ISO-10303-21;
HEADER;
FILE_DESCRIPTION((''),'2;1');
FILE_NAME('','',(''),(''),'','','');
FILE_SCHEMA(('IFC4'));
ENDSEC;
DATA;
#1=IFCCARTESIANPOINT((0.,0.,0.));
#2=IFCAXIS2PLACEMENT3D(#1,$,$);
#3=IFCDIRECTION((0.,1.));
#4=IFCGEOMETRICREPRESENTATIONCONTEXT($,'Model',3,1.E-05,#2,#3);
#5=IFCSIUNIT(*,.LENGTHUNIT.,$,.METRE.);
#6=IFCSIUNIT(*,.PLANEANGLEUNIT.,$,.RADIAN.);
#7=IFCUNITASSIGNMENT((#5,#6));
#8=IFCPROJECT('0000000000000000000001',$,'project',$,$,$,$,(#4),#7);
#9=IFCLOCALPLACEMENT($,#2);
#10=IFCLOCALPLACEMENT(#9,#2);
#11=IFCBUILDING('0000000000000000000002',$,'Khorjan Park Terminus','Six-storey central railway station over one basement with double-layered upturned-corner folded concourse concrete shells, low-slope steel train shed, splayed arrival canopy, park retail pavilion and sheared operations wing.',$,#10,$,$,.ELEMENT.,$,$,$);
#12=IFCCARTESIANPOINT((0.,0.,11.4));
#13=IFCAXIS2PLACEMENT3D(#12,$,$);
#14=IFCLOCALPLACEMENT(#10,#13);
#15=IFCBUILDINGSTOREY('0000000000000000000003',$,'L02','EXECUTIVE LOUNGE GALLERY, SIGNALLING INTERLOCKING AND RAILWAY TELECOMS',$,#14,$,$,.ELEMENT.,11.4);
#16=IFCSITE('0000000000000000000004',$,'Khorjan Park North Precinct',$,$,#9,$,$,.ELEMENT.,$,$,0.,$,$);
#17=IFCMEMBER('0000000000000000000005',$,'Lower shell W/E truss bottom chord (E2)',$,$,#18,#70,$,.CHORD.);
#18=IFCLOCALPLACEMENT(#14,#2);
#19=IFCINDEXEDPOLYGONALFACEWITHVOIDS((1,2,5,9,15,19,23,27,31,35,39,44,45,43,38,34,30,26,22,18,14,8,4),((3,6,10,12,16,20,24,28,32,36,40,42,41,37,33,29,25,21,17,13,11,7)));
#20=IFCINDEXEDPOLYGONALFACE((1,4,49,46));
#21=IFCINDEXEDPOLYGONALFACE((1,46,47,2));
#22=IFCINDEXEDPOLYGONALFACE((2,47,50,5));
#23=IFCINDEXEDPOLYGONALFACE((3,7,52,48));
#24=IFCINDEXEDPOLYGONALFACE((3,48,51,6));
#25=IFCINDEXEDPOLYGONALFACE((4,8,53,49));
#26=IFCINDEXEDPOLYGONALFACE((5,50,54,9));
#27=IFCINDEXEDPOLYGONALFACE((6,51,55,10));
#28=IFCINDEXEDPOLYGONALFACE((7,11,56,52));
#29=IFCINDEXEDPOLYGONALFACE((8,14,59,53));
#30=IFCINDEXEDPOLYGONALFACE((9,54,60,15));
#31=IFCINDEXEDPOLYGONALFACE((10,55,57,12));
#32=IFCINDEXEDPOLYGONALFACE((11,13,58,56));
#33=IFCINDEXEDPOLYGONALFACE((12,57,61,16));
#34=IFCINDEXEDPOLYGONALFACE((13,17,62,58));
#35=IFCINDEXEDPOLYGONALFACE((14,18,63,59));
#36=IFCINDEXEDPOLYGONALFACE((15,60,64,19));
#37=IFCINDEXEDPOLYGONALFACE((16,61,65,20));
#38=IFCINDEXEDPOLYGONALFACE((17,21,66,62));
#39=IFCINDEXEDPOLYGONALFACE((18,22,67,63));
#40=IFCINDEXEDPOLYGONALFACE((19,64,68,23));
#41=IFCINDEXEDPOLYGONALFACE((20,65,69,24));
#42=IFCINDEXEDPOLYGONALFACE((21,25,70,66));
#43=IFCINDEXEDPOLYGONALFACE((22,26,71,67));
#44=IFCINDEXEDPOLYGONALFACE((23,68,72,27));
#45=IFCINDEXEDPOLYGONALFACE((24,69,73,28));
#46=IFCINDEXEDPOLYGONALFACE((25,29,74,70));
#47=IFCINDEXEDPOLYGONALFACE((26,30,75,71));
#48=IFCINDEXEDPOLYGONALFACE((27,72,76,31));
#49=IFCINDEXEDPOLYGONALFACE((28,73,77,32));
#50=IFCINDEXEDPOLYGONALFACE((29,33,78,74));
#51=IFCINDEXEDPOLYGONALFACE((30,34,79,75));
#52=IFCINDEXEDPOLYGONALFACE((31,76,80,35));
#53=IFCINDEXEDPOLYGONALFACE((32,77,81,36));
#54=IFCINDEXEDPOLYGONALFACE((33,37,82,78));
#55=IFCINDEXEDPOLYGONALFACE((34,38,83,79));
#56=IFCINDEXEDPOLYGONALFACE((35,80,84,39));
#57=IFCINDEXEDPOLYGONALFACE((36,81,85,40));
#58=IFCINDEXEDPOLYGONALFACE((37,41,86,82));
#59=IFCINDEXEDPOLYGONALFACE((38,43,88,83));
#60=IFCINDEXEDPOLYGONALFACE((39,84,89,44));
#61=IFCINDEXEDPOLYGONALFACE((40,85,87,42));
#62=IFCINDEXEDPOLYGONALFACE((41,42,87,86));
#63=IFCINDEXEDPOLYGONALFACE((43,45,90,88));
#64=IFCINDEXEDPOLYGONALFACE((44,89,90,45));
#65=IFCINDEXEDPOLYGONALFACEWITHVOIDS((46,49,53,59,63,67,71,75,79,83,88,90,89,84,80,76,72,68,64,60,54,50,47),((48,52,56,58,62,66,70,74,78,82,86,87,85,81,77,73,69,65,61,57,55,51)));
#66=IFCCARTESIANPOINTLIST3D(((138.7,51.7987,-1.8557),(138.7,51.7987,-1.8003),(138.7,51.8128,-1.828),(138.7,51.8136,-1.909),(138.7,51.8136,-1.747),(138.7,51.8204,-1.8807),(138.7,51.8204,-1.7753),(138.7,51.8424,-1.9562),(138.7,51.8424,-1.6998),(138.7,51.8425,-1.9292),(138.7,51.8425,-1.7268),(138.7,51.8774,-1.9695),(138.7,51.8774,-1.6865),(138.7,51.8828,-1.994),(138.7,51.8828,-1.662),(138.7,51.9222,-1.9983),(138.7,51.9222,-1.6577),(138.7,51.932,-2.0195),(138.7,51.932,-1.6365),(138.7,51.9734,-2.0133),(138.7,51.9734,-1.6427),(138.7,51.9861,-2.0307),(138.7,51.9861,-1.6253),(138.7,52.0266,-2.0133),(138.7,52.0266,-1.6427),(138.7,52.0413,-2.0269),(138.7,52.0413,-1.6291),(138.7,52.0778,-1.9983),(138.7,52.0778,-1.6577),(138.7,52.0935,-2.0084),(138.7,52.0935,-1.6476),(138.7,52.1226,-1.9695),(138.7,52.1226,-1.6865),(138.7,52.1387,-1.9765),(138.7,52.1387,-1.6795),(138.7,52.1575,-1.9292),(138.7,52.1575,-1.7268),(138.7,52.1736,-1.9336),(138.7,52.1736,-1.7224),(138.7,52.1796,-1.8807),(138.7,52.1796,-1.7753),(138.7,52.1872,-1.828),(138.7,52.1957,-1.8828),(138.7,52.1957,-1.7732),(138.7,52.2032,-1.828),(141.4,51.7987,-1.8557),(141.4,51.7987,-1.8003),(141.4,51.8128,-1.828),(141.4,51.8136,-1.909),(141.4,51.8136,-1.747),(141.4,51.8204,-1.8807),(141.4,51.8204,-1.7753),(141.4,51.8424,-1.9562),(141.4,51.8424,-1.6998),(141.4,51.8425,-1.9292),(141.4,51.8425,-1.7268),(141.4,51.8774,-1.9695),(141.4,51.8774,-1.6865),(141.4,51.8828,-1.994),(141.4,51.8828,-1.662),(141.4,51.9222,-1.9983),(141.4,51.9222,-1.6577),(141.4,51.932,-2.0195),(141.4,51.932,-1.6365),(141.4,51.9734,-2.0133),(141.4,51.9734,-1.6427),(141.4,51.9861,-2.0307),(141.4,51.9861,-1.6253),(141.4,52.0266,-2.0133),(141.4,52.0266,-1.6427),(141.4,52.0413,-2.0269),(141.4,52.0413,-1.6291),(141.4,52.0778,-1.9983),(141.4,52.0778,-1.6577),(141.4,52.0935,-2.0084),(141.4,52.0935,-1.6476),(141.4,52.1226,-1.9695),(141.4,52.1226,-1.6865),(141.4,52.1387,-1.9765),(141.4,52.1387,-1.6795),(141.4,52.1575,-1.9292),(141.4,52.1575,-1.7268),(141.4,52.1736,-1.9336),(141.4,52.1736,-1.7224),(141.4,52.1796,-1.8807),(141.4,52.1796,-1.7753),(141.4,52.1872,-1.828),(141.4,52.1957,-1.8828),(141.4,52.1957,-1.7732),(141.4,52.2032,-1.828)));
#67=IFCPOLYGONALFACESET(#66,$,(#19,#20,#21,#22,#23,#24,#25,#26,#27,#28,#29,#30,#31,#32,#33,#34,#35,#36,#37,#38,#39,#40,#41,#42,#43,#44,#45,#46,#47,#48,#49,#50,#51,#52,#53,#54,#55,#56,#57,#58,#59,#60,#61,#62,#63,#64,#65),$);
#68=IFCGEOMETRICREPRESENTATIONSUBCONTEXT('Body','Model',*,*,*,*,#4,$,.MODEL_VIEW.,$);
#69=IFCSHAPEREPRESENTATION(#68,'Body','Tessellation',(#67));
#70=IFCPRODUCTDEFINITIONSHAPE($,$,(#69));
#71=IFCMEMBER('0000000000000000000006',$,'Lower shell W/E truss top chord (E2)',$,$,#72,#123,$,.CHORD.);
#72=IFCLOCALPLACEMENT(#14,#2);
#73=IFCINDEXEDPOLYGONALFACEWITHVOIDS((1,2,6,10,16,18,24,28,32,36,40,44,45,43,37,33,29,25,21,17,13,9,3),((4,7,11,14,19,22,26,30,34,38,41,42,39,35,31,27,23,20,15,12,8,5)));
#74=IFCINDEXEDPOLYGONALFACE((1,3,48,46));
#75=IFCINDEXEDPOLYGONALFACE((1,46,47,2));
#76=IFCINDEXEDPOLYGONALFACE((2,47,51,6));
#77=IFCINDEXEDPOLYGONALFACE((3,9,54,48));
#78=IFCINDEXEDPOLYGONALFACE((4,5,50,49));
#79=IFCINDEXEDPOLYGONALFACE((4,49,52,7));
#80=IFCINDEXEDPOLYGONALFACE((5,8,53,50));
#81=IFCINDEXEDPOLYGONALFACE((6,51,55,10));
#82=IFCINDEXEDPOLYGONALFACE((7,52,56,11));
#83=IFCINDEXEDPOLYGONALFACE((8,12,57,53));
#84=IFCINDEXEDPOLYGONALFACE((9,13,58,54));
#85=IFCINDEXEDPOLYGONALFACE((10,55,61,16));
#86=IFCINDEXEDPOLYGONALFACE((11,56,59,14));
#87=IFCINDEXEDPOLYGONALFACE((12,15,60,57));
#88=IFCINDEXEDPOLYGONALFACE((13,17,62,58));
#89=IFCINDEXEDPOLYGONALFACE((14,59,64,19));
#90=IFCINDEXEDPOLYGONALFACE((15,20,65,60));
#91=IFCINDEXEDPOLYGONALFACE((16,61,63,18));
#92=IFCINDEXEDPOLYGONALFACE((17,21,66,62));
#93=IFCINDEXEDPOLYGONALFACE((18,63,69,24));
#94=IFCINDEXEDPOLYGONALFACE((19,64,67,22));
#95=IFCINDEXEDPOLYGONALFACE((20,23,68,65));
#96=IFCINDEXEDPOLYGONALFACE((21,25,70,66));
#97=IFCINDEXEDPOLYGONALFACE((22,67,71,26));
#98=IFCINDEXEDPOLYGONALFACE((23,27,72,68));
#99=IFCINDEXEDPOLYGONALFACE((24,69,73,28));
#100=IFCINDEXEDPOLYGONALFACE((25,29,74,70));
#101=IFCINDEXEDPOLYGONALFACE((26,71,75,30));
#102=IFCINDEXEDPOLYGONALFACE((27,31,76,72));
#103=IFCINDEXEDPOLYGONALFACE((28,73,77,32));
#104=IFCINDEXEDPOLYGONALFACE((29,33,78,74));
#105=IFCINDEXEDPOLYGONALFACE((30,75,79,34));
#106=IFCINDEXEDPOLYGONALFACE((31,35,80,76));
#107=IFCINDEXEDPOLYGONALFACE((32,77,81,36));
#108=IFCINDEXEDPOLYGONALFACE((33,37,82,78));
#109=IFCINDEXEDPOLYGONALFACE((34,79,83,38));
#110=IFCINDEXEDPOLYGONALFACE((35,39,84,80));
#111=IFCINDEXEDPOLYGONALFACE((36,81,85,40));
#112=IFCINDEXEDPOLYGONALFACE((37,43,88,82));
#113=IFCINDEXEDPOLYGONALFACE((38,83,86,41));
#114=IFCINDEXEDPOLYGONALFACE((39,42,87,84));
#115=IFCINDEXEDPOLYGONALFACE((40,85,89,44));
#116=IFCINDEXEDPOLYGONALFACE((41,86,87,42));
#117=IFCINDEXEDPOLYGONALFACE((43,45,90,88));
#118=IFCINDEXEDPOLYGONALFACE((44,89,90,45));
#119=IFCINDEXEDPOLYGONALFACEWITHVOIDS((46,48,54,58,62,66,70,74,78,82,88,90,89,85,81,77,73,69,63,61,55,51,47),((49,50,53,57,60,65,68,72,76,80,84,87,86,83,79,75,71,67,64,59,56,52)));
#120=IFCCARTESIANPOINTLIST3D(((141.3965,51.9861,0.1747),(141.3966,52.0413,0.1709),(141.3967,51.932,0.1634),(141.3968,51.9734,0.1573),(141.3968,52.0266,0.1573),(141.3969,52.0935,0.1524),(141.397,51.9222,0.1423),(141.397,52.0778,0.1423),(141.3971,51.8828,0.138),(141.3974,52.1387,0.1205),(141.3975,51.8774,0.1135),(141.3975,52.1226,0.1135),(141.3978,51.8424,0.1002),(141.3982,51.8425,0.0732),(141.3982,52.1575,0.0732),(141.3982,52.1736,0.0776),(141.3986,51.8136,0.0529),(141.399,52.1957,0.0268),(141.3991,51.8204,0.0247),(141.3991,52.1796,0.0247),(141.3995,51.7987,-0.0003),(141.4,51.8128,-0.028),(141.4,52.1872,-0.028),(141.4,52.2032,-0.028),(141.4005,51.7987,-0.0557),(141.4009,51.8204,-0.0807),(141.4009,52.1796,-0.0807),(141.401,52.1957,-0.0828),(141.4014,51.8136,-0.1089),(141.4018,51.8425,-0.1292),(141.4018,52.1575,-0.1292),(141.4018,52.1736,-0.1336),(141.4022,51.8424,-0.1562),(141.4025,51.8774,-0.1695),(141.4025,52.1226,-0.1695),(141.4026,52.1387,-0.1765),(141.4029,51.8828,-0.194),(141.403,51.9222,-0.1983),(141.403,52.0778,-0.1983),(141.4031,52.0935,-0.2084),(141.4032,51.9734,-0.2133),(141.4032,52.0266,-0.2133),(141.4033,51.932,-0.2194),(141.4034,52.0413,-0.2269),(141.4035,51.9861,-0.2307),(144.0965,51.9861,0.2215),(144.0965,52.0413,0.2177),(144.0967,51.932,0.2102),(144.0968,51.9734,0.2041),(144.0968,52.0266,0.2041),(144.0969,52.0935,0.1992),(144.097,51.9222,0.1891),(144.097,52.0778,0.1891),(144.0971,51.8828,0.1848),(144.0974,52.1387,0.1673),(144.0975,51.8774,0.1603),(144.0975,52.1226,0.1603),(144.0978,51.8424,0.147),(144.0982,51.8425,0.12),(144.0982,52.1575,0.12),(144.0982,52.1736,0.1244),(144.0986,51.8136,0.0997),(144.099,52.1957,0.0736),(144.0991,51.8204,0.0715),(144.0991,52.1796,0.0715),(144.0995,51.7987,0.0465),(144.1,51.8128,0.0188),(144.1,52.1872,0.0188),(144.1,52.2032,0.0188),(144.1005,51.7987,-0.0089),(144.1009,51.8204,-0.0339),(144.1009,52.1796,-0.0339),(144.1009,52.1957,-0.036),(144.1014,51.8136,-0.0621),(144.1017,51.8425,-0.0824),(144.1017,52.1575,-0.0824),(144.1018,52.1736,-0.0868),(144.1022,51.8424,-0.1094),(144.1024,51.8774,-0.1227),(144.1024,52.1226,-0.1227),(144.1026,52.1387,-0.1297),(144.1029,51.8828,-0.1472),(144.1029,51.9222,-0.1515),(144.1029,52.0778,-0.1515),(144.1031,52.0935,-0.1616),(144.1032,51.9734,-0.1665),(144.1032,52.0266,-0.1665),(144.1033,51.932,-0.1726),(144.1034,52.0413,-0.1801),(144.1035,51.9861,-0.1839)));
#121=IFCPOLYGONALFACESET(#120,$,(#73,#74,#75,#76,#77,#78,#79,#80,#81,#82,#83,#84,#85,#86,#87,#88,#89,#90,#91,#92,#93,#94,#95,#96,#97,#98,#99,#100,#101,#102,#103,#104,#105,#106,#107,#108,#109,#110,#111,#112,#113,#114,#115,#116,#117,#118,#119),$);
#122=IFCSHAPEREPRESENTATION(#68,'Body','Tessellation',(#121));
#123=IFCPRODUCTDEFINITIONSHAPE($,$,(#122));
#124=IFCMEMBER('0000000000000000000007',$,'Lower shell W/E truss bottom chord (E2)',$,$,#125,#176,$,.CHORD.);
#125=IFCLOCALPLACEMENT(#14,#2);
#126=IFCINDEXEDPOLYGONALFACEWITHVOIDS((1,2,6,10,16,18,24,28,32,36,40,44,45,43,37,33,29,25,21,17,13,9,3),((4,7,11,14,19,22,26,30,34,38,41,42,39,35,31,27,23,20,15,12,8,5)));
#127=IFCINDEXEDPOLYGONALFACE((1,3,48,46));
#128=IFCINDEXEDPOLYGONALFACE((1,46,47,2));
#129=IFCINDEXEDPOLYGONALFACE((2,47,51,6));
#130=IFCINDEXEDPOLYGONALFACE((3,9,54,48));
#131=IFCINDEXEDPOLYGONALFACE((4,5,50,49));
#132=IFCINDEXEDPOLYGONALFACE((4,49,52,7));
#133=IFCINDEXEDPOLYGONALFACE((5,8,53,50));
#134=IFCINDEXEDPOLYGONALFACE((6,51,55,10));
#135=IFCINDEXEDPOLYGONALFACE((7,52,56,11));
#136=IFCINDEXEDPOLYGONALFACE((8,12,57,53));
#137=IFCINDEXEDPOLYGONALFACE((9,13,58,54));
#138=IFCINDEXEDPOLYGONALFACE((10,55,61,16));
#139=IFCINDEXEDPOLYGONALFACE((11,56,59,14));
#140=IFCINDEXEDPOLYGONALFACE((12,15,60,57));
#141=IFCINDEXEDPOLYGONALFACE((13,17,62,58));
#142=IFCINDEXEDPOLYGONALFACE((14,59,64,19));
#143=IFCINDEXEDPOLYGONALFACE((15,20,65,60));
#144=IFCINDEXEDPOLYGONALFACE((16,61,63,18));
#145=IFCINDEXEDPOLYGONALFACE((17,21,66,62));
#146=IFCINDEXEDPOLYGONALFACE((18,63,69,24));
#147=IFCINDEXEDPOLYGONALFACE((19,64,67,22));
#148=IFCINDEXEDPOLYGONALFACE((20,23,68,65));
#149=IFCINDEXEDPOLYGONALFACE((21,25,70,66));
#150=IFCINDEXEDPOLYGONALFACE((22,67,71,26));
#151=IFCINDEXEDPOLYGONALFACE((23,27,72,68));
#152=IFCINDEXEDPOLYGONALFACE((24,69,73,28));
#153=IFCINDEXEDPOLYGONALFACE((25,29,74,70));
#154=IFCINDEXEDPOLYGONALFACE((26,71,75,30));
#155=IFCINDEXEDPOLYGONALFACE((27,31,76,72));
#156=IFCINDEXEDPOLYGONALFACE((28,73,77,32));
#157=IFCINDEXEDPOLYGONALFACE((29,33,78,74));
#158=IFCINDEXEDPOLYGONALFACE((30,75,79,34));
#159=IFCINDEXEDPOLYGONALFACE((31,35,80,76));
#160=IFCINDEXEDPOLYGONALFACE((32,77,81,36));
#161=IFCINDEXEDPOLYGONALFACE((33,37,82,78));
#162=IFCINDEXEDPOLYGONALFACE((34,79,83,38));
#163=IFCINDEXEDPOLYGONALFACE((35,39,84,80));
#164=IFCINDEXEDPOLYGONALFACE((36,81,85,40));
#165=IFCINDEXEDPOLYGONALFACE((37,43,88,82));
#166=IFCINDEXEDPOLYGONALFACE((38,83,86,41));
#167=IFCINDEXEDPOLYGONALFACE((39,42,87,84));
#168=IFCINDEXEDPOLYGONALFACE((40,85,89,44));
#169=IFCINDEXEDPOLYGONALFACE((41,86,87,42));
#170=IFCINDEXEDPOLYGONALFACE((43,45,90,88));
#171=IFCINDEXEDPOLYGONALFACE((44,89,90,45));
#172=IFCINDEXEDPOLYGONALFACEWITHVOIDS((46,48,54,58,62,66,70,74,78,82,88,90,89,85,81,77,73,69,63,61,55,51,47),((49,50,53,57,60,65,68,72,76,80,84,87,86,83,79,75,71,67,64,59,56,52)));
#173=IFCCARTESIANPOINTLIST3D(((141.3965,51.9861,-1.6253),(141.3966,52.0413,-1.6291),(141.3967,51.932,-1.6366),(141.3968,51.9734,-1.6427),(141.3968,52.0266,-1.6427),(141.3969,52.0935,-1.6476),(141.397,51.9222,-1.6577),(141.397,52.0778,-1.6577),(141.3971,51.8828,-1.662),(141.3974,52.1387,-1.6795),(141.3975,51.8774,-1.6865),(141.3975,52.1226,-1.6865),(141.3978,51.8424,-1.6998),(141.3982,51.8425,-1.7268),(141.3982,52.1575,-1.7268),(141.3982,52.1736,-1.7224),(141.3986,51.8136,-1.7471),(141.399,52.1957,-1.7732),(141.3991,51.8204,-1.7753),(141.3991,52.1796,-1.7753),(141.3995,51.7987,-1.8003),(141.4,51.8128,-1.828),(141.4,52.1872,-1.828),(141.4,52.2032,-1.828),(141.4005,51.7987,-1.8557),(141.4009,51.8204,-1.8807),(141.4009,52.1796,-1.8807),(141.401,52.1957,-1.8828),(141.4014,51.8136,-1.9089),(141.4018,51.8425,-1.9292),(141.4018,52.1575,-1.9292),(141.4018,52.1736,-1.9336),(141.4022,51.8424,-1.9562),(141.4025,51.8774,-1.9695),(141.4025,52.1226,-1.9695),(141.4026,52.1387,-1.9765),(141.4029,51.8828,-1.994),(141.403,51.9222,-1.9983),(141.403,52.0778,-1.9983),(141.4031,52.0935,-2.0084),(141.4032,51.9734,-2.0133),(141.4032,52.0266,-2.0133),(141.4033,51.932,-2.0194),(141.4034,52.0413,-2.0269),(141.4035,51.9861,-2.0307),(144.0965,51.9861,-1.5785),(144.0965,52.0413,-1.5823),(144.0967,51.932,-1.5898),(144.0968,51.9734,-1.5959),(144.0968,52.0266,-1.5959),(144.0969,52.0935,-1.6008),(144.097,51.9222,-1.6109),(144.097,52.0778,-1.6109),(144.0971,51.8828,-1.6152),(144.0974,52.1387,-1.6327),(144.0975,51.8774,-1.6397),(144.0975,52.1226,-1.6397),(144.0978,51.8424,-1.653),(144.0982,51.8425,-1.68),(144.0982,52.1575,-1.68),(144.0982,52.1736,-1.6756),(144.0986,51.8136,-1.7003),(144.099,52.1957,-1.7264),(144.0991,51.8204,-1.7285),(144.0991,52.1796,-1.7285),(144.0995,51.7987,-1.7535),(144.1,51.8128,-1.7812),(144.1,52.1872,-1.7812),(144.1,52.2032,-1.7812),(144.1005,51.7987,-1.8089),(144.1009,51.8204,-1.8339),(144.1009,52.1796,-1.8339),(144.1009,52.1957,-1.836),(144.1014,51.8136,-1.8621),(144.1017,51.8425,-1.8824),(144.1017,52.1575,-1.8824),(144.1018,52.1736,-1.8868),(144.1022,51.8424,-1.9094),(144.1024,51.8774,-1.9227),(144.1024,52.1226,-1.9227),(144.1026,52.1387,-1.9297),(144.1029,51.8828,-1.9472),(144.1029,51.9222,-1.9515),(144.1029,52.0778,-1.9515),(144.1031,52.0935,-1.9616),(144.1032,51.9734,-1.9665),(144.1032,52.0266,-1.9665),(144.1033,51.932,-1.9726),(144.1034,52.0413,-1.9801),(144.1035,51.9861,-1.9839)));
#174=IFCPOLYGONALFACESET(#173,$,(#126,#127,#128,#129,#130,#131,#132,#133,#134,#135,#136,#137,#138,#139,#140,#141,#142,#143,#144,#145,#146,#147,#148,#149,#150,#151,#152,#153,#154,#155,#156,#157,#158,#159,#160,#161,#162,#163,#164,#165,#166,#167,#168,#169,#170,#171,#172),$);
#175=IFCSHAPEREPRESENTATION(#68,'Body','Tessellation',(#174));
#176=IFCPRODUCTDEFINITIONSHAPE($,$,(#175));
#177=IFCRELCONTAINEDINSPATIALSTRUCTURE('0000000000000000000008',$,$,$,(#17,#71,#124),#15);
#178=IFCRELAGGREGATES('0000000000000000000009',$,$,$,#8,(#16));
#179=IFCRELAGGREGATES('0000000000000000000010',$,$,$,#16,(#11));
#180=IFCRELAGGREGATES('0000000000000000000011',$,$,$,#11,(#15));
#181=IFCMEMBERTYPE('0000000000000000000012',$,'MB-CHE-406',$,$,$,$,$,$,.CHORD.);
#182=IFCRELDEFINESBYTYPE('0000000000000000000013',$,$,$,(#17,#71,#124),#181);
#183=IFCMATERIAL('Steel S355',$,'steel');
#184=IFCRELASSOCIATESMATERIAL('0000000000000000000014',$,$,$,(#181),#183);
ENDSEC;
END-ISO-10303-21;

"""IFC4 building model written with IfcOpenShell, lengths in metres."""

from ifc_helpers import new_model, si_unit, direction, frame, origin, origin_2d, place, context, subcontext, project, spatial, hollow_circle, extrude, material, material_profile, profile_set, type_object, element, save


model = new_model("IFC4")

# Units and contexts
model_context = context("Model", 3, precision=1e-05, world=origin(), true_north=direction((0.0, 1.0)))
body_context = subcontext(model_context, "Body", "Model", "MODEL_VIEW")
ifc_project = project(units=[si_unit("LENGTHUNIT", "METRE"), si_unit("PLANEANGLEUNIT", "RADIAN")], contexts=[model_context])

# Site, building, storey
site_placement = place(None, origin())
site = spatial("IfcSite", under=ifc_project, at=site_placement, Name="Khorjan Park North Precinct", CompositionType="ELEMENT", RefElevation=0.0)
building_placement = place(site_placement, origin())
building = spatial("IfcBuilding", under=site, at=building_placement, Name="Khorjan Park Terminus", Description="Six-storey central railway station over one basement with double-layered upturned-corner folded concourse concrete shells, low-slope steel train shed, splayed arrival canopy, park retail pavilion and sheared operations wing.", CompositionType="ELEMENT")
storey_placement = place(building_placement, frame((0.0, 0.0, 11.4)))
storey = spatial("IfcBuildingStorey", under=building, at=storey_placement, Name="L02", Description="EXECUTIVE LOUNGE GALLERY, SIGNALLING INTERLOCKING AND RAILWAY TELECOMS", CompositionType="ELEMENT", Elevation=11.4)

# Members
ifc_material_1 = material(Name="Steel S355", Category="steel")
ifc_material_profile_1 = material_profile(ifc_material_1, hollow_circle(Radius=0.2032, WallThickness=0.016, at=origin_2d()), Name="CHS 406.4x16")
ifc_profile_set_1 = profile_set([ifc_material_profile_1], Name="Steel S355")
member_type_1 = type_object("IfcMemberType", Name="MB-CHE-406", PredefinedType="CHORD", material=ifc_profile_set_1)
for number, where, z_axis, x_axis, name in (
    (1, (138.7, 52.0, -1.828), (1.0, 0.0, 0.0), (0.0, 1.0, 0.0), "Lower shell W/E truss bottom chord (E2)"),
):
    element("IfcMember", number, at=place(storey_placement, frame(where, z_axis=z_axis, x_axis=x_axis)), inside=storey, type_object=member_type_1, Name=name, PredefinedType="CHORD", context=body_context, shape_type="SweptSolid", body=[
        extrude(hollow_circle(Radius=0.2032, WallThickness=0.016, at=origin_2d()), origin(), (0.0, 0.0, 1.0), 2.7),
    ])
for number, where, z_axis, x_axis, name in (
    (2, (141.4, 52.0, -0.028), (0.99985, 0.0, 0.017331), (0.0, 1.0, 0.0), "Lower shell W/E truss top chord (E2)"),
    (3, (141.4, 52.0, -1.828), (0.99985, 0.0, 0.017331), (0.0, 1.0, 0.0), "Lower shell W/E truss bottom chord (E2)"),
):
    element("IfcMember", number, at=place(storey_placement, frame(where, z_axis=z_axis, x_axis=x_axis)), inside=storey, type_object=member_type_1, Name=name, PredefinedType="CHORD", context=body_context, shape_type="SweptSolid", body=[
        extrude(hollow_circle(Radius=0.2032, WallThickness=0.016, at=origin_2d()), origin(), (0.0, 0.0, 1.0), 2.7004),
    ])

save(model, "model.ifc")
